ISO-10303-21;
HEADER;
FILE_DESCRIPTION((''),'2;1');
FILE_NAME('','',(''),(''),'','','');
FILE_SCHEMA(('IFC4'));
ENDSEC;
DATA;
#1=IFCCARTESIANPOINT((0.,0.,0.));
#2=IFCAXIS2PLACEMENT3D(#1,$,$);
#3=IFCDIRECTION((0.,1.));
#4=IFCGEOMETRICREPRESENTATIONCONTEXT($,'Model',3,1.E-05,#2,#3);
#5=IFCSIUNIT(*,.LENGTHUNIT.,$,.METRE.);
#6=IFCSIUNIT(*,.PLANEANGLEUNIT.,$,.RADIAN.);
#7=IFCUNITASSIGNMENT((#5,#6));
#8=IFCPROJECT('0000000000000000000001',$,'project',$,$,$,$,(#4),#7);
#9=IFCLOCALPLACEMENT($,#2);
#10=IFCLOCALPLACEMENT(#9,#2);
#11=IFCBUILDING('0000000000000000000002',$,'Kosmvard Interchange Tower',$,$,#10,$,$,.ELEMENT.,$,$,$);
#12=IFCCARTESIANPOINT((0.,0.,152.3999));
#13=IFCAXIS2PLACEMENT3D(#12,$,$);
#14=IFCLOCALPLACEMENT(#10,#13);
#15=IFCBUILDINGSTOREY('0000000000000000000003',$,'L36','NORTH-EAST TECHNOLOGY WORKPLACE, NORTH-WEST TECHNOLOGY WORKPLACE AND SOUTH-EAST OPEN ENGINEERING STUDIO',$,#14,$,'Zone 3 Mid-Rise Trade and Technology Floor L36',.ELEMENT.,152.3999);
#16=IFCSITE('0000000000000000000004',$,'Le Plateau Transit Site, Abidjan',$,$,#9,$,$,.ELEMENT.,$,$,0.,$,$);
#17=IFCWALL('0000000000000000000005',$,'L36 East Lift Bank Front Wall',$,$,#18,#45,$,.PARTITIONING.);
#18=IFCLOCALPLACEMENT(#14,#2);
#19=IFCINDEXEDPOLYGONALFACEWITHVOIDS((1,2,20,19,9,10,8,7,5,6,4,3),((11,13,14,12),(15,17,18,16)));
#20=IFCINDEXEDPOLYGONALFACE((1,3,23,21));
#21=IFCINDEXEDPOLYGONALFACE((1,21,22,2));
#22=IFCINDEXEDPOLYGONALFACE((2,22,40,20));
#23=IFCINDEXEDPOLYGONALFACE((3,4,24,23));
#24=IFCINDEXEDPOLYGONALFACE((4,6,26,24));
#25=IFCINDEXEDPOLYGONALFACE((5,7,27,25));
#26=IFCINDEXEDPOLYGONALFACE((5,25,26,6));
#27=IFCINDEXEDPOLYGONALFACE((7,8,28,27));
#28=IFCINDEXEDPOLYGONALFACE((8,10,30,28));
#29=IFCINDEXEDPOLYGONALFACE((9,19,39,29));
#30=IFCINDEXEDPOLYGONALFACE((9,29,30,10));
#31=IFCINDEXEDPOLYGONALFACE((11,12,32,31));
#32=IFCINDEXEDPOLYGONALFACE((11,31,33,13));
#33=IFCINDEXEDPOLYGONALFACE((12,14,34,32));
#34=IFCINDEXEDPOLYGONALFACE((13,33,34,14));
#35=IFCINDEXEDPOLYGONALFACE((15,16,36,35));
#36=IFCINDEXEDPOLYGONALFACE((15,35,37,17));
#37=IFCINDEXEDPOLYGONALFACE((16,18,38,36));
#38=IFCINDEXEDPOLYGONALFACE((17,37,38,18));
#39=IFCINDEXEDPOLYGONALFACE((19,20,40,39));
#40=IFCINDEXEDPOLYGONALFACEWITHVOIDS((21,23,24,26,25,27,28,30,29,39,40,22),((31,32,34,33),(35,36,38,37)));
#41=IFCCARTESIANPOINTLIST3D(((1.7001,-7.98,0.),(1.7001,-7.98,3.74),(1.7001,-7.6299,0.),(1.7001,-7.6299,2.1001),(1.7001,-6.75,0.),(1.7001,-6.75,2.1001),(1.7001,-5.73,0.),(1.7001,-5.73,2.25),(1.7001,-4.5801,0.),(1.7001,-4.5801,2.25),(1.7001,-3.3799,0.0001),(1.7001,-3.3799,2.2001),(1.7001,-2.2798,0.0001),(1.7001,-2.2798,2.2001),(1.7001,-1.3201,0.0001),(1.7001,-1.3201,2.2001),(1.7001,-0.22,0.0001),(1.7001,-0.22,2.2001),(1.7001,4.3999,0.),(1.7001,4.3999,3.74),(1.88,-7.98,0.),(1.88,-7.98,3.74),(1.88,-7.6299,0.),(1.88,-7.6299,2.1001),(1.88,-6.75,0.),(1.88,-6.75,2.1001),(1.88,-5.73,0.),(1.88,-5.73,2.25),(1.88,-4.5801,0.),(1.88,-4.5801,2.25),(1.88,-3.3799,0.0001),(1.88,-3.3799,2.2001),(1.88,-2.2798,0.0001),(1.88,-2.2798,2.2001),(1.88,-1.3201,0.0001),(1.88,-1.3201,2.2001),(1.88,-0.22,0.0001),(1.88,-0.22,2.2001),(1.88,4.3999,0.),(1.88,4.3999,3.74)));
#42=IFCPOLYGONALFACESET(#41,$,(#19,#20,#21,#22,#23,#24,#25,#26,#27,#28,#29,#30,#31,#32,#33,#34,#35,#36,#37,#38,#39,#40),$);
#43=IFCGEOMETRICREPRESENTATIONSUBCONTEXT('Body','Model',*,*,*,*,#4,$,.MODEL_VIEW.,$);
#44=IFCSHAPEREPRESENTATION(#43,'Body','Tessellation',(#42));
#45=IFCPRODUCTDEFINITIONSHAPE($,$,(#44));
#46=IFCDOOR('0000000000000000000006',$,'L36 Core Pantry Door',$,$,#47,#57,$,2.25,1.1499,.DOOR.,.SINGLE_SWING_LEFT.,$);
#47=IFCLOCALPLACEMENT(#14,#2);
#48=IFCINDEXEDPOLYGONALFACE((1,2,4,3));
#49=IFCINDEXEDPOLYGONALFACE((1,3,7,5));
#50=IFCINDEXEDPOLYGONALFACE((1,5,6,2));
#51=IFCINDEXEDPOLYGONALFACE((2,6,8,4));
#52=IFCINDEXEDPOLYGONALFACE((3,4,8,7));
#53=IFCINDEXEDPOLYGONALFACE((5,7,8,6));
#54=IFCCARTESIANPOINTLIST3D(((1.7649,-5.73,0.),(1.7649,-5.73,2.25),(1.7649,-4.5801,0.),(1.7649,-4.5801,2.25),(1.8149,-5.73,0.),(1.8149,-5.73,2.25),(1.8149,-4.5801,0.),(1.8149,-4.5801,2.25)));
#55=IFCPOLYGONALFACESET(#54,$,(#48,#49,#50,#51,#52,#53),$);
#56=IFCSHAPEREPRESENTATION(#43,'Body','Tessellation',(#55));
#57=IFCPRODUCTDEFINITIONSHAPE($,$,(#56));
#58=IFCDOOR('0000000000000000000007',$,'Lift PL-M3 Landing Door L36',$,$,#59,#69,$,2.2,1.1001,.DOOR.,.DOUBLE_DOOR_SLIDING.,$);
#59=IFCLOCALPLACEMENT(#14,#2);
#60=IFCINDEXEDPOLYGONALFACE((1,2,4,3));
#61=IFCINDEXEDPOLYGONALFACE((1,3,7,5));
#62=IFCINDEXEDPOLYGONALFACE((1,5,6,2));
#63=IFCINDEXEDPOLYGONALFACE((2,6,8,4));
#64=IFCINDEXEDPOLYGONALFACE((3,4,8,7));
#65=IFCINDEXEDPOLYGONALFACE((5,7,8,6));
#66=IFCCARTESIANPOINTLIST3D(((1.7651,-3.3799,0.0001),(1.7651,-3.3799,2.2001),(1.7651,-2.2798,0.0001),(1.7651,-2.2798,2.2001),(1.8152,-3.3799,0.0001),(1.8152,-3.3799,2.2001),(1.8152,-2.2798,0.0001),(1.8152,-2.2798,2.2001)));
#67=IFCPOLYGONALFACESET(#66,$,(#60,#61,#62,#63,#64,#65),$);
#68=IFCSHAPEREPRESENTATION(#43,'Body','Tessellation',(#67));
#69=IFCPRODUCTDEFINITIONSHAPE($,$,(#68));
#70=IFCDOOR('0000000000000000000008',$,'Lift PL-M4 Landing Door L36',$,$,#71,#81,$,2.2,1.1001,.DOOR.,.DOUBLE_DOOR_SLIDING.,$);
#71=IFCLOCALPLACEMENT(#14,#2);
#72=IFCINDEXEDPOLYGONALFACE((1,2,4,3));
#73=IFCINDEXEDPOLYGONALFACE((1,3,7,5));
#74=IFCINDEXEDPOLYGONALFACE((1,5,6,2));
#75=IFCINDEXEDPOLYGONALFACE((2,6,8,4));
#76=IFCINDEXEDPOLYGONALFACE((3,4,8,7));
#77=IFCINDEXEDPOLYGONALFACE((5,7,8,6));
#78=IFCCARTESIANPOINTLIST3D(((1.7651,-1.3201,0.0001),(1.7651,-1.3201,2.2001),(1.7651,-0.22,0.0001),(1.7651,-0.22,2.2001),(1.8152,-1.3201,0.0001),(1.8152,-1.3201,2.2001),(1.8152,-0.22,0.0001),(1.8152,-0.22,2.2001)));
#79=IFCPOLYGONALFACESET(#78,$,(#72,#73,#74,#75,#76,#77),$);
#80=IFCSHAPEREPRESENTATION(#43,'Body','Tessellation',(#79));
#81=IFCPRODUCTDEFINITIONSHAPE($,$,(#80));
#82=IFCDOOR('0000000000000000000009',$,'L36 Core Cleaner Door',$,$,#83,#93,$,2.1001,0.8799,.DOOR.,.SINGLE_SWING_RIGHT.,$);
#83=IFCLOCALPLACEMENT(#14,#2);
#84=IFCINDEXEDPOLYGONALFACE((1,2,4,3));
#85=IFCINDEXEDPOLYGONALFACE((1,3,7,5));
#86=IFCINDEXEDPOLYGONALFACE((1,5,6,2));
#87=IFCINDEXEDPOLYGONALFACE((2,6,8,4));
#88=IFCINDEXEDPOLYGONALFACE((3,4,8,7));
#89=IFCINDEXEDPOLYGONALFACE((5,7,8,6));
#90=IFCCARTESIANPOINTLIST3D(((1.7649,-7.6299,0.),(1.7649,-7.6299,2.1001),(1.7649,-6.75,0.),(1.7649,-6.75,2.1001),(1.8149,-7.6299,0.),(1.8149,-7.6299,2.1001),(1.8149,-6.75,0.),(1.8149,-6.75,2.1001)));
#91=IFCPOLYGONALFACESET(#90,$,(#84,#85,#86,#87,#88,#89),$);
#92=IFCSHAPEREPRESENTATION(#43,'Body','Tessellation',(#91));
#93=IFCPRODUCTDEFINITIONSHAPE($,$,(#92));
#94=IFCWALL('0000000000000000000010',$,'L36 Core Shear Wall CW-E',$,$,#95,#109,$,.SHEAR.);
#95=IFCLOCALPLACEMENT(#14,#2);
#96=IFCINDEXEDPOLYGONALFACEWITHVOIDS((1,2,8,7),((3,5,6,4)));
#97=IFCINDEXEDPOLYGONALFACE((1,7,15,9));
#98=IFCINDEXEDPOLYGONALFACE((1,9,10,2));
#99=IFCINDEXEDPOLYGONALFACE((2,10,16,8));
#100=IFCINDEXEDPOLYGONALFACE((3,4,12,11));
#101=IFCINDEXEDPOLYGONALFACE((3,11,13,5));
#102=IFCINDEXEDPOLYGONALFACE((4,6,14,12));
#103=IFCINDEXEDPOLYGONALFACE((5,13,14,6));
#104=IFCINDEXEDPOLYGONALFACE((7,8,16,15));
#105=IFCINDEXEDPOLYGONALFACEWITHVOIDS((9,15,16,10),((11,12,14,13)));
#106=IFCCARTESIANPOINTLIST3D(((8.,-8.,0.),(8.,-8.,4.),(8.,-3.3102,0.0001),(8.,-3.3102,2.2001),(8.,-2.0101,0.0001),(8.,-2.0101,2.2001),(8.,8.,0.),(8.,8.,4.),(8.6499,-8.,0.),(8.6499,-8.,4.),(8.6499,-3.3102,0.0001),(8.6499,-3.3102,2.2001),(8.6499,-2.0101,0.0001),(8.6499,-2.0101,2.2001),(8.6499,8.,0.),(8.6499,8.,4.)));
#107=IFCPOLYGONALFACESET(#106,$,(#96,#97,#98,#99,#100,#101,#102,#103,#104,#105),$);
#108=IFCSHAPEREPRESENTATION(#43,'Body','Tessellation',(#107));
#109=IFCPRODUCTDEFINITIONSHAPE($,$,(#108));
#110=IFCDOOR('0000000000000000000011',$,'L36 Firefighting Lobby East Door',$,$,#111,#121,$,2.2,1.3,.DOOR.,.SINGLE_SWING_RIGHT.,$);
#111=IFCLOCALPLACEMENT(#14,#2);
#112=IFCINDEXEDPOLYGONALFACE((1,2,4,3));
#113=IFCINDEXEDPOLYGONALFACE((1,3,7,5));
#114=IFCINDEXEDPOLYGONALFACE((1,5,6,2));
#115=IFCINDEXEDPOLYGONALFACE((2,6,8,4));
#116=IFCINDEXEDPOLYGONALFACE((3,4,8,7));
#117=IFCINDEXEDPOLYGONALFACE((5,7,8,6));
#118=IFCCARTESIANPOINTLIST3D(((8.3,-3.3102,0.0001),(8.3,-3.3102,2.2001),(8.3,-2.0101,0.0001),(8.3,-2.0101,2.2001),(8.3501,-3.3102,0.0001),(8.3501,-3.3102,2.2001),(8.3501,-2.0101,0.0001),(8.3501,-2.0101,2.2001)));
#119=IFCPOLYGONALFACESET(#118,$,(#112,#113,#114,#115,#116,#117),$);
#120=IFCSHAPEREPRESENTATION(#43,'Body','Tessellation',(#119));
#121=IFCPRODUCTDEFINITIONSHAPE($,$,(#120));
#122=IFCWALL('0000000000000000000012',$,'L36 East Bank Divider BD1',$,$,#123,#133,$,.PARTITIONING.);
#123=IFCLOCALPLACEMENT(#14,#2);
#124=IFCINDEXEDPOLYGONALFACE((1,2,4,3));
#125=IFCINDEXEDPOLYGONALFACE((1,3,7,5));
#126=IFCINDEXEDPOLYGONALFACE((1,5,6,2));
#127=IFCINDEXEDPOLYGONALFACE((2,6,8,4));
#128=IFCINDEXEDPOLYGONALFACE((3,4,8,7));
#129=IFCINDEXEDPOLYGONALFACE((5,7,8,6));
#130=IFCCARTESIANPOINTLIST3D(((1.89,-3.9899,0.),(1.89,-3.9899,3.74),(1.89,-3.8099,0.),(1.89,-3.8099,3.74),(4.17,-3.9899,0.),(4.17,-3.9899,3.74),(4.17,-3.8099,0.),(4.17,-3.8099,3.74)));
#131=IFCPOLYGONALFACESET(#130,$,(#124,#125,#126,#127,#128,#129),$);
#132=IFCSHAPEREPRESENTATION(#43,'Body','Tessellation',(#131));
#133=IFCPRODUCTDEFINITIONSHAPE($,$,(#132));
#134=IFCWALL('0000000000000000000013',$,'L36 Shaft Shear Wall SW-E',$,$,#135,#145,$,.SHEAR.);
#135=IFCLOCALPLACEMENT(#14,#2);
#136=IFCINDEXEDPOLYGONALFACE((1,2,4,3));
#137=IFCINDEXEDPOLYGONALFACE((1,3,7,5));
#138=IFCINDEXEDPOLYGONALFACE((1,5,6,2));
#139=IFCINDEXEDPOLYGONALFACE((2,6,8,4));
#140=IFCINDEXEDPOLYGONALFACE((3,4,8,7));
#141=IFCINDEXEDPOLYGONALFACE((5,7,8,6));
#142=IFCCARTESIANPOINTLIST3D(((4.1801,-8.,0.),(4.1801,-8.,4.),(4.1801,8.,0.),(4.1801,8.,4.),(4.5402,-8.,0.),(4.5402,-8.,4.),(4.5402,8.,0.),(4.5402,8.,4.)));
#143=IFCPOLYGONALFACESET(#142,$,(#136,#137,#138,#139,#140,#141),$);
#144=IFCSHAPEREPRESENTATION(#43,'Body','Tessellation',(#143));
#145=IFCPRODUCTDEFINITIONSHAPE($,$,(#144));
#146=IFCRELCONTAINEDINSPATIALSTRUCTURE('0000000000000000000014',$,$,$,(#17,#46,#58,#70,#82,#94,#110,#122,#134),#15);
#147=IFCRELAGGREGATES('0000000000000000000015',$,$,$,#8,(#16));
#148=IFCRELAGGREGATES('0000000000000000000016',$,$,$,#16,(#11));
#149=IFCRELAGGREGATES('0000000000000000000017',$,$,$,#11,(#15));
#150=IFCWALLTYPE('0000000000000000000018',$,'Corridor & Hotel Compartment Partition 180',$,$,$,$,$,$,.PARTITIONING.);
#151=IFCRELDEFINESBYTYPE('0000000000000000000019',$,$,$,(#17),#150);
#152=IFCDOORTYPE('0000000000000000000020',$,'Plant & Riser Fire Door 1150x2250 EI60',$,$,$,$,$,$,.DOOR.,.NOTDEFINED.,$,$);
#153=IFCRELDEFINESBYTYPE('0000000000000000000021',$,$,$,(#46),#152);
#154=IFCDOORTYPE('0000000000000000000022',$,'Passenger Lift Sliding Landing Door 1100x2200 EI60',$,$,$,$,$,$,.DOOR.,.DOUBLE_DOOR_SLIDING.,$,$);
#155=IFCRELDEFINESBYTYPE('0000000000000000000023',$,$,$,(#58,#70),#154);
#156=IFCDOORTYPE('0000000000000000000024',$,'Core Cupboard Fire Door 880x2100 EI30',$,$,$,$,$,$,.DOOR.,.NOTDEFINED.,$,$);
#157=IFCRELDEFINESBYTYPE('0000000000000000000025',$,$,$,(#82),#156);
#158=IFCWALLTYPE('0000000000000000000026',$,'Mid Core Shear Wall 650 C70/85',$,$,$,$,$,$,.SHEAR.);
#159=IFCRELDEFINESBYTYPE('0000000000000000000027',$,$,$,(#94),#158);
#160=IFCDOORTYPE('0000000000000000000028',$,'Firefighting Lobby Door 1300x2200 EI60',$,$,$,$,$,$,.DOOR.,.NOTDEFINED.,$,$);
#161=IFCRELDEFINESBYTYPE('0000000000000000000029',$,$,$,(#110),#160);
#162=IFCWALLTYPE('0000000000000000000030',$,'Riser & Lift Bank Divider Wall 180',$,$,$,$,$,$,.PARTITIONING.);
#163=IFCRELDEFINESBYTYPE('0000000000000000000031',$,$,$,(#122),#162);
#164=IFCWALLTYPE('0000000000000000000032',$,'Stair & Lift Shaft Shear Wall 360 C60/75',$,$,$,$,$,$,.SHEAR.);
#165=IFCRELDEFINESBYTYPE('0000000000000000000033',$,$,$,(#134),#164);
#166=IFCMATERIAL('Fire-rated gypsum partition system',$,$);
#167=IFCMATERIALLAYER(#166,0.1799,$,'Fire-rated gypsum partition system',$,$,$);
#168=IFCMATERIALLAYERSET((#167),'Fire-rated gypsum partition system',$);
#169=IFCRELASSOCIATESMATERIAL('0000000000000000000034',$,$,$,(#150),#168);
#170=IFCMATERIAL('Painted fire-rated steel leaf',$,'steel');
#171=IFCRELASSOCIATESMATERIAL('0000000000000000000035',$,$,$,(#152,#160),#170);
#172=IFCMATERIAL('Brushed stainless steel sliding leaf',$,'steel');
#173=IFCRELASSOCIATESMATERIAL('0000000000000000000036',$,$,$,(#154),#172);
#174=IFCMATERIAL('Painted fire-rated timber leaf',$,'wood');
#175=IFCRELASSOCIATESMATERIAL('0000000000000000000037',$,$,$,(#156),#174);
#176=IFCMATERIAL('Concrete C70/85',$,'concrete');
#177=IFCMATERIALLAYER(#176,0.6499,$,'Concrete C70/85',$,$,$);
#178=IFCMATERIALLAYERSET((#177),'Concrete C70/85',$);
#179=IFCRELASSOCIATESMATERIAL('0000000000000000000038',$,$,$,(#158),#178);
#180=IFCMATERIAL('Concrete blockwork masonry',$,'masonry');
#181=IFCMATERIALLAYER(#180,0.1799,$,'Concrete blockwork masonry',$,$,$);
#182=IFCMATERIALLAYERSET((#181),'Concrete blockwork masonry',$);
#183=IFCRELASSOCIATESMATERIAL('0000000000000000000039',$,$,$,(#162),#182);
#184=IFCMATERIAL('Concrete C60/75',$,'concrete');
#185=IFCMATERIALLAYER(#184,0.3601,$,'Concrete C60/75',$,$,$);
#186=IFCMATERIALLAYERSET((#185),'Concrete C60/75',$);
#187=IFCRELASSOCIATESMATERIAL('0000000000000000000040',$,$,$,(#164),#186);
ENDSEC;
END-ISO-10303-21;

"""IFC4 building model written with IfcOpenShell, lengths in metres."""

from ifc_helpers import new_model, si_unit, direction, frame, frame_2d, origin, place, context, subcontext, project, spatial, rectangle, extrude, source, transform, mapped, material, layer, layer_set, type_object, element, fill, save


model = new_model("IFC4")

# Units and contexts
model_context = context("Model", 3, precision=1e-05, world=origin(), true_north=direction((0.0, 1.0)))
body_context = subcontext(model_context, "Body", "Model", "MODEL_VIEW")
ifc_project = project(units=[si_unit("LENGTHUNIT", "METRE"), si_unit("PLANEANGLEUNIT", "RADIAN")], contexts=[model_context])

# Site, building, storey
site_placement = place(None, origin())
site = spatial("IfcSite", under=ifc_project, at=site_placement, Name="Le Plateau Transit Site, Abidjan", CompositionType="ELEMENT", RefElevation=0.0)
building_placement = place(site_placement, origin())
building = spatial("IfcBuilding", under=site, at=building_placement, Name="Kosmvard Interchange Tower", CompositionType="ELEMENT")
storey_placement = place(building_placement, frame((0.0, 0.0, 152.3999)))
storey = spatial("IfcBuildingStorey", under=building, at=storey_placement, Name="L36", Description="NORTH-EAST TECHNOLOGY WORKPLACE, NORTH-WEST TECHNOLOGY WORKPLACE AND SOUTH-EAST OPEN ENGINEERING STUDIO", LongName="Zone 3 Mid-Rise Trade and Technology Floor L36", CompositionType="ELEMENT", Elevation=152.3999)

# Shared definitions
ifc_material_1 = material(Name="Concrete C60/75", Category="concrete")

# Shared definitions
ifc_material_2 = material(Name="Fire-rated gypsum partition system")

# Wall, openings, doors
ifc_layer_1 = layer(ifc_material_2, 0.1799, Name="Fire-rated gypsum partition system")
ifc_layer_set_1 = layer_set([ifc_layer_1], Name="Fire-rated gypsum partition system")
wall_type_1 = type_object("IfcWallType", Name="Corridor & Hotel Compartment Partition 180", PredefinedType="PARTITIONING", material=ifc_layer_set_1)
wall_1_placement = place(storey_placement, frame((1.79, -7.98, 0.0), z_axis=(0.0, 0.0, 1.0), x_axis=(0.0, 1.0, 0.0)))
wall_1 = element("IfcWall", 1, at=wall_1_placement, inside=storey, type_object=wall_type_1, Name="L36 East Lift Bank Front Wall", PredefinedType="PARTITIONING", context=body_context, shape_type="SweptSolid", body=[
    extrude(rectangle(XDim=12.3799, YDim=0.1799, at=frame_2d((6.1899, 0.0))), origin(), (0.0, 0.0, 1.0), 3.74),
])
opening_1_placement = place(wall_1_placement, frame((4.6001, 0.0, 0.0)))
opening_1 = element("IfcOpeningElement", 2, at=opening_1_placement, cuts=wall_1, PredefinedType="OPENING", context=body_context, shape_type="SweptSolid", body=[
    extrude(rectangle(XDim=1.1001, YDim=2.2, at=frame_2d((0.55, 1.1001))), frame((0.0, 0.1001, 0.0), z_axis=(0.0, -1.0, 0.0), x_axis=(1.0, 0.0, 0.0)), (0.0, 0.0, 1.0), 0.2),
])
opening_2_placement = place(wall_1_placement, frame((6.6599, 0.0, 0.0)))
opening_2 = element("IfcOpeningElement", 3, at=opening_2_placement, cuts=wall_1, PredefinedType="OPENING", context=body_context, shape_type="SweptSolid", body=[
    extrude(rectangle(XDim=1.1001, YDim=2.2, at=frame_2d((0.55, 1.1001))), frame((0.0, 0.1001, 0.0), z_axis=(0.0, -1.0, 0.0), x_axis=(1.0, 0.0, 0.0)), (0.0, 0.0, 1.0), 0.2),
])
opening_3_placement = place(wall_1_placement, frame((0.3501, 0.0, 0.0)))
opening_3 = element("IfcOpeningElement", 4, at=opening_3_placement, cuts=wall_1, PredefinedType="OPENING", context=body_context, shape_type="SweptSolid", body=[
    extrude(rectangle(XDim=0.8799, YDim=2.1001, at=frame_2d((0.4399, 1.05))), frame((0.0, 0.1001, 0.0), z_axis=(0.0, -1.0, 0.0), x_axis=(1.0, 0.0, 0.0)), (0.0, 0.0, 1.0), 0.2),
])
opening_4_placement = place(wall_1_placement, frame((2.25, 0.0, 0.0)))
opening_4 = element("IfcOpeningElement", 5, at=opening_4_placement, cuts=wall_1, PredefinedType="OPENING", context=body_context, shape_type="SweptSolid", body=[
    extrude(rectangle(XDim=1.1499, YDim=2.25, at=frame_2d((0.575, 1.125))), frame((0.0, 0.1001, 0.0), z_axis=(0.0, -1.0, 0.0), x_axis=(1.0, 0.0, 0.0)), (0.0, 0.0, 1.0), 0.2),
])
ifc_material_3 = material(Name="Painted fire-rated steel leaf", Category="steel")
door_type_1 = type_object("IfcDoorType", Name="Plant & Riser Fire Door 1150x2250 EI60", OperationType="NOTDEFINED", PredefinedType="DOOR", material=ifc_material_3)
shared_shape_1 = source(origin(), body_context, "Body", "SweptSolid", [
    extrude(rectangle(XDim=1.1499, YDim=2.25, at=frame_2d((0.575, 1.125))), frame((0.0, 0.0249, 0.0), z_axis=(0.0, -1.0, 0.0), x_axis=(1.0, 0.0, 0.0)), (0.0, 0.0, 1.0), 0.05),
])
door_1_placement = place(opening_4_placement, frame((1.1499, 0.0, 0.0), z_axis=(0.0, 0.0, 1.0), x_axis=(-1.0, 0.0, 0.0)))
door_1 = element("IfcDoor", 6, at=door_1_placement, inside=storey, type_object=door_type_1, Name="L36 Core Pantry Door", OperationType="SINGLE_SWING_LEFT", OverallHeight=2.25, OverallWidth=1.1499, PredefinedType="DOOR", context=body_context, shape_type="MappedRepresentation", body=[
    mapped(shared_shape_1, transform((0.0, 0.0, 0.0), scale=1.0)),
])
fill(opening_4, door_1)
ifc_material_4 = material(Name="Brushed stainless steel sliding leaf", Category="steel")
door_type_2 = type_object("IfcDoorType", Name="Passenger Lift Sliding Landing Door 1100x2200 EI60", OperationType="DOUBLE_DOOR_SLIDING", PredefinedType="DOOR", material=ifc_material_4)
shared_shape_2 = source(origin(), body_context, "Body", "SweptSolid", [
    extrude(rectangle(XDim=1.1001, YDim=2.2, at=frame_2d((0.55, 1.1001))), frame((0.0, 0.0249, 0.0), z_axis=(0.0, -1.0, 0.0), x_axis=(1.0, 0.0, 0.0)), (0.0, 0.0, 1.0), 0.05),
])
door_2_placement = place(opening_1_placement, origin())
door_2 = element("IfcDoor", 7, at=door_2_placement, inside=storey, type_object=door_type_2, Name="Lift PL-M3 Landing Door L36", OperationType="DOUBLE_DOOR_SLIDING", OverallHeight=2.2, OverallWidth=1.1001, PredefinedType="DOOR", context=body_context, shape_type="MappedRepresentation", body=[
    mapped(shared_shape_2, transform((0.0, 0.0, 0.0), scale=1.0)),
])
fill(opening_1, door_2)
door_3_placement = place(opening_2_placement, origin())
door_3 = element("IfcDoor", 8, at=door_3_placement, inside=storey, type_object=door_type_2, Name="Lift PL-M4 Landing Door L36", OperationType="DOUBLE_DOOR_SLIDING", OverallHeight=2.2, OverallWidth=1.1001, PredefinedType="DOOR", context=body_context, shape_type="MappedRepresentation", body=[
    mapped(shared_shape_2, transform((0.0, 0.0, 0.0), scale=1.0)),
])
fill(opening_2, door_3)
ifc_material_5 = material(Name="Painted fire-rated timber leaf", Category="wood")
door_type_3 = type_object("IfcDoorType", Name="Core Cupboard Fire Door 880x2100 EI30", OperationType="NOTDEFINED", PredefinedType="DOOR", material=ifc_material_5)
shared_shape_3 = source(origin(), body_context, "Body", "SweptSolid", [
    extrude(rectangle(XDim=0.8799, YDim=2.1001, at=frame_2d((0.4399, 1.05))), frame((0.0, 0.0249, 0.0), z_axis=(0.0, -1.0, 0.0), x_axis=(1.0, 0.0, 0.0)), (0.0, 0.0, 1.0), 0.05),
])
door_4_placement = place(opening_3_placement, frame((0.8799, 0.0, 0.0), z_axis=(0.0, 0.0, 1.0), x_axis=(-1.0, 0.0, 0.0)))
door_4 = element("IfcDoor", 9, at=door_4_placement, inside=storey, type_object=door_type_3, Name="L36 Core Cleaner Door", OperationType="SINGLE_SWING_RIGHT", OverallHeight=2.1001, OverallWidth=0.8799, PredefinedType="DOOR", context=body_context, shape_type="MappedRepresentation", body=[
    mapped(shared_shape_3, transform((0.0, 0.0, 0.0), scale=1.0)),
])
fill(opening_3, door_4)

# Wall, opening, door
ifc_material_6 = material(Name="Concrete C70/85", Category="concrete")
ifc_layer_2 = layer(ifc_material_6, 0.6499, Name="Concrete C70/85")
ifc_layer_set_2 = layer_set([ifc_layer_2], Name="Concrete C70/85")
wall_type_2 = type_object("IfcWallType", Name="Mid Core Shear Wall 650 C70/85", PredefinedType="SHEAR", material=ifc_layer_set_2)
wall_2_placement = place(storey_placement, frame((8.325, -8.0, 0.0), z_axis=(0.0, 0.0, 1.0), x_axis=(0.0, 1.0, 0.0)))
wall_2 = element("IfcWall", 10, at=wall_2_placement, inside=storey, type_object=wall_type_2, Name="L36 Core Shear Wall CW-E", PredefinedType="SHEAR", context=body_context, shape_type="SweptSolid", body=[
    extrude(rectangle(XDim=16.0, YDim=0.6499, at=frame_2d((8.0, 0.0))), origin(), (0.0, 0.0, 1.0), 4.0),
])
opening_5_placement = place(wall_2_placement, frame((4.6899, 0.0, 0.0)))
opening_5 = element("IfcOpeningElement", 11, at=opening_5_placement, cuts=wall_2, PredefinedType="OPENING", context=body_context, shape_type="SweptSolid", body=[
    extrude(rectangle(XDim=1.3, YDim=2.2, at=frame_2d((0.6499, 1.1001))), frame((0.0, 0.335, 0.0), z_axis=(0.0, -1.0, 0.0), x_axis=(1.0, 0.0, 0.0)), (0.0, 0.0, 1.0), 0.6699),
])
door_type_4 = type_object("IfcDoorType", Name="Firefighting Lobby Door 1300x2200 EI60", OperationType="NOTDEFINED", PredefinedType="DOOR", material=ifc_material_3)
shared_shape_4 = source(origin(), body_context, "Body", "SweptSolid", [
    extrude(rectangle(XDim=1.3, YDim=2.2, at=frame_2d((0.6499, 1.1001))), frame((0.0, 0.0249, 0.0), z_axis=(0.0, -1.0, 0.0), x_axis=(1.0, 0.0, 0.0)), (0.0, 0.0, 1.0), 0.05),
])
door_5_placement = place(opening_5_placement, origin())
door_5 = element("IfcDoor", 12, at=door_5_placement, inside=storey, type_object=door_type_4, Name="L36 Firefighting Lobby East Door", OperationType="SINGLE_SWING_RIGHT", OverallHeight=2.2, OverallWidth=1.3, PredefinedType="DOOR", context=body_context, shape_type="MappedRepresentation", body=[
    mapped(shared_shape_4, transform((0.0, 0.0, 0.0), scale=1.0)),
])
fill(opening_5, door_5)

# Walls
ifc_material_7 = material(Name="Concrete blockwork masonry", Category="masonry")
ifc_layer_3 = layer(ifc_material_7, 0.1799, Name="Concrete blockwork masonry")
ifc_layer_set_3 = layer_set([ifc_layer_3], Name="Concrete blockwork masonry")
wall_type_3 = type_object("IfcWallType", Name="Riser & Lift Bank Divider Wall 180", PredefinedType="PARTITIONING", material=ifc_layer_set_3)
wall_3_placement = place(storey_placement, frame((1.8899, -3.8999, 0.0), z_axis=(0.0, 0.0, 1.0), x_axis=(1.0, 0.0, 0.0)))
element("IfcWall", 13, at=wall_3_placement, inside=storey, type_object=wall_type_3, Name="L36 East Bank Divider BD1", PredefinedType="PARTITIONING", context=body_context, shape_type="SweptSolid", body=[
    extrude(rectangle(XDim=2.28, YDim=0.1799, at=frame_2d((1.1401, 0.0))), origin(), (0.0, 0.0, 1.0), 3.74),
])
ifc_layer_4 = layer(ifc_material_1, 0.3601, Name="Concrete C60/75")
ifc_layer_set_4 = layer_set([ifc_layer_4], Name="Concrete C60/75")
wall_type_4 = type_object("IfcWallType", Name="Stair & Lift Shaft Shear Wall 360 C60/75", PredefinedType="SHEAR", material=ifc_layer_set_4)
wall_4_placement = place(storey_placement, frame((4.3601, -8.0, 0.0), z_axis=(0.0, 0.0, 1.0), x_axis=(0.0, 1.0, 0.0)))
element("IfcWall", 14, at=wall_4_placement, inside=storey, type_object=wall_type_4, Name="L36 Shaft Shear Wall SW-E", PredefinedType="SHEAR", context=body_context, shape_type="SweptSolid", body=[
    extrude(rectangle(XDim=16.0, YDim=0.3601, at=frame_2d((8.0, 0.0))), origin(), (0.0, 0.0, 1.0), 4.0),
])

save(model, "model.ifc")
